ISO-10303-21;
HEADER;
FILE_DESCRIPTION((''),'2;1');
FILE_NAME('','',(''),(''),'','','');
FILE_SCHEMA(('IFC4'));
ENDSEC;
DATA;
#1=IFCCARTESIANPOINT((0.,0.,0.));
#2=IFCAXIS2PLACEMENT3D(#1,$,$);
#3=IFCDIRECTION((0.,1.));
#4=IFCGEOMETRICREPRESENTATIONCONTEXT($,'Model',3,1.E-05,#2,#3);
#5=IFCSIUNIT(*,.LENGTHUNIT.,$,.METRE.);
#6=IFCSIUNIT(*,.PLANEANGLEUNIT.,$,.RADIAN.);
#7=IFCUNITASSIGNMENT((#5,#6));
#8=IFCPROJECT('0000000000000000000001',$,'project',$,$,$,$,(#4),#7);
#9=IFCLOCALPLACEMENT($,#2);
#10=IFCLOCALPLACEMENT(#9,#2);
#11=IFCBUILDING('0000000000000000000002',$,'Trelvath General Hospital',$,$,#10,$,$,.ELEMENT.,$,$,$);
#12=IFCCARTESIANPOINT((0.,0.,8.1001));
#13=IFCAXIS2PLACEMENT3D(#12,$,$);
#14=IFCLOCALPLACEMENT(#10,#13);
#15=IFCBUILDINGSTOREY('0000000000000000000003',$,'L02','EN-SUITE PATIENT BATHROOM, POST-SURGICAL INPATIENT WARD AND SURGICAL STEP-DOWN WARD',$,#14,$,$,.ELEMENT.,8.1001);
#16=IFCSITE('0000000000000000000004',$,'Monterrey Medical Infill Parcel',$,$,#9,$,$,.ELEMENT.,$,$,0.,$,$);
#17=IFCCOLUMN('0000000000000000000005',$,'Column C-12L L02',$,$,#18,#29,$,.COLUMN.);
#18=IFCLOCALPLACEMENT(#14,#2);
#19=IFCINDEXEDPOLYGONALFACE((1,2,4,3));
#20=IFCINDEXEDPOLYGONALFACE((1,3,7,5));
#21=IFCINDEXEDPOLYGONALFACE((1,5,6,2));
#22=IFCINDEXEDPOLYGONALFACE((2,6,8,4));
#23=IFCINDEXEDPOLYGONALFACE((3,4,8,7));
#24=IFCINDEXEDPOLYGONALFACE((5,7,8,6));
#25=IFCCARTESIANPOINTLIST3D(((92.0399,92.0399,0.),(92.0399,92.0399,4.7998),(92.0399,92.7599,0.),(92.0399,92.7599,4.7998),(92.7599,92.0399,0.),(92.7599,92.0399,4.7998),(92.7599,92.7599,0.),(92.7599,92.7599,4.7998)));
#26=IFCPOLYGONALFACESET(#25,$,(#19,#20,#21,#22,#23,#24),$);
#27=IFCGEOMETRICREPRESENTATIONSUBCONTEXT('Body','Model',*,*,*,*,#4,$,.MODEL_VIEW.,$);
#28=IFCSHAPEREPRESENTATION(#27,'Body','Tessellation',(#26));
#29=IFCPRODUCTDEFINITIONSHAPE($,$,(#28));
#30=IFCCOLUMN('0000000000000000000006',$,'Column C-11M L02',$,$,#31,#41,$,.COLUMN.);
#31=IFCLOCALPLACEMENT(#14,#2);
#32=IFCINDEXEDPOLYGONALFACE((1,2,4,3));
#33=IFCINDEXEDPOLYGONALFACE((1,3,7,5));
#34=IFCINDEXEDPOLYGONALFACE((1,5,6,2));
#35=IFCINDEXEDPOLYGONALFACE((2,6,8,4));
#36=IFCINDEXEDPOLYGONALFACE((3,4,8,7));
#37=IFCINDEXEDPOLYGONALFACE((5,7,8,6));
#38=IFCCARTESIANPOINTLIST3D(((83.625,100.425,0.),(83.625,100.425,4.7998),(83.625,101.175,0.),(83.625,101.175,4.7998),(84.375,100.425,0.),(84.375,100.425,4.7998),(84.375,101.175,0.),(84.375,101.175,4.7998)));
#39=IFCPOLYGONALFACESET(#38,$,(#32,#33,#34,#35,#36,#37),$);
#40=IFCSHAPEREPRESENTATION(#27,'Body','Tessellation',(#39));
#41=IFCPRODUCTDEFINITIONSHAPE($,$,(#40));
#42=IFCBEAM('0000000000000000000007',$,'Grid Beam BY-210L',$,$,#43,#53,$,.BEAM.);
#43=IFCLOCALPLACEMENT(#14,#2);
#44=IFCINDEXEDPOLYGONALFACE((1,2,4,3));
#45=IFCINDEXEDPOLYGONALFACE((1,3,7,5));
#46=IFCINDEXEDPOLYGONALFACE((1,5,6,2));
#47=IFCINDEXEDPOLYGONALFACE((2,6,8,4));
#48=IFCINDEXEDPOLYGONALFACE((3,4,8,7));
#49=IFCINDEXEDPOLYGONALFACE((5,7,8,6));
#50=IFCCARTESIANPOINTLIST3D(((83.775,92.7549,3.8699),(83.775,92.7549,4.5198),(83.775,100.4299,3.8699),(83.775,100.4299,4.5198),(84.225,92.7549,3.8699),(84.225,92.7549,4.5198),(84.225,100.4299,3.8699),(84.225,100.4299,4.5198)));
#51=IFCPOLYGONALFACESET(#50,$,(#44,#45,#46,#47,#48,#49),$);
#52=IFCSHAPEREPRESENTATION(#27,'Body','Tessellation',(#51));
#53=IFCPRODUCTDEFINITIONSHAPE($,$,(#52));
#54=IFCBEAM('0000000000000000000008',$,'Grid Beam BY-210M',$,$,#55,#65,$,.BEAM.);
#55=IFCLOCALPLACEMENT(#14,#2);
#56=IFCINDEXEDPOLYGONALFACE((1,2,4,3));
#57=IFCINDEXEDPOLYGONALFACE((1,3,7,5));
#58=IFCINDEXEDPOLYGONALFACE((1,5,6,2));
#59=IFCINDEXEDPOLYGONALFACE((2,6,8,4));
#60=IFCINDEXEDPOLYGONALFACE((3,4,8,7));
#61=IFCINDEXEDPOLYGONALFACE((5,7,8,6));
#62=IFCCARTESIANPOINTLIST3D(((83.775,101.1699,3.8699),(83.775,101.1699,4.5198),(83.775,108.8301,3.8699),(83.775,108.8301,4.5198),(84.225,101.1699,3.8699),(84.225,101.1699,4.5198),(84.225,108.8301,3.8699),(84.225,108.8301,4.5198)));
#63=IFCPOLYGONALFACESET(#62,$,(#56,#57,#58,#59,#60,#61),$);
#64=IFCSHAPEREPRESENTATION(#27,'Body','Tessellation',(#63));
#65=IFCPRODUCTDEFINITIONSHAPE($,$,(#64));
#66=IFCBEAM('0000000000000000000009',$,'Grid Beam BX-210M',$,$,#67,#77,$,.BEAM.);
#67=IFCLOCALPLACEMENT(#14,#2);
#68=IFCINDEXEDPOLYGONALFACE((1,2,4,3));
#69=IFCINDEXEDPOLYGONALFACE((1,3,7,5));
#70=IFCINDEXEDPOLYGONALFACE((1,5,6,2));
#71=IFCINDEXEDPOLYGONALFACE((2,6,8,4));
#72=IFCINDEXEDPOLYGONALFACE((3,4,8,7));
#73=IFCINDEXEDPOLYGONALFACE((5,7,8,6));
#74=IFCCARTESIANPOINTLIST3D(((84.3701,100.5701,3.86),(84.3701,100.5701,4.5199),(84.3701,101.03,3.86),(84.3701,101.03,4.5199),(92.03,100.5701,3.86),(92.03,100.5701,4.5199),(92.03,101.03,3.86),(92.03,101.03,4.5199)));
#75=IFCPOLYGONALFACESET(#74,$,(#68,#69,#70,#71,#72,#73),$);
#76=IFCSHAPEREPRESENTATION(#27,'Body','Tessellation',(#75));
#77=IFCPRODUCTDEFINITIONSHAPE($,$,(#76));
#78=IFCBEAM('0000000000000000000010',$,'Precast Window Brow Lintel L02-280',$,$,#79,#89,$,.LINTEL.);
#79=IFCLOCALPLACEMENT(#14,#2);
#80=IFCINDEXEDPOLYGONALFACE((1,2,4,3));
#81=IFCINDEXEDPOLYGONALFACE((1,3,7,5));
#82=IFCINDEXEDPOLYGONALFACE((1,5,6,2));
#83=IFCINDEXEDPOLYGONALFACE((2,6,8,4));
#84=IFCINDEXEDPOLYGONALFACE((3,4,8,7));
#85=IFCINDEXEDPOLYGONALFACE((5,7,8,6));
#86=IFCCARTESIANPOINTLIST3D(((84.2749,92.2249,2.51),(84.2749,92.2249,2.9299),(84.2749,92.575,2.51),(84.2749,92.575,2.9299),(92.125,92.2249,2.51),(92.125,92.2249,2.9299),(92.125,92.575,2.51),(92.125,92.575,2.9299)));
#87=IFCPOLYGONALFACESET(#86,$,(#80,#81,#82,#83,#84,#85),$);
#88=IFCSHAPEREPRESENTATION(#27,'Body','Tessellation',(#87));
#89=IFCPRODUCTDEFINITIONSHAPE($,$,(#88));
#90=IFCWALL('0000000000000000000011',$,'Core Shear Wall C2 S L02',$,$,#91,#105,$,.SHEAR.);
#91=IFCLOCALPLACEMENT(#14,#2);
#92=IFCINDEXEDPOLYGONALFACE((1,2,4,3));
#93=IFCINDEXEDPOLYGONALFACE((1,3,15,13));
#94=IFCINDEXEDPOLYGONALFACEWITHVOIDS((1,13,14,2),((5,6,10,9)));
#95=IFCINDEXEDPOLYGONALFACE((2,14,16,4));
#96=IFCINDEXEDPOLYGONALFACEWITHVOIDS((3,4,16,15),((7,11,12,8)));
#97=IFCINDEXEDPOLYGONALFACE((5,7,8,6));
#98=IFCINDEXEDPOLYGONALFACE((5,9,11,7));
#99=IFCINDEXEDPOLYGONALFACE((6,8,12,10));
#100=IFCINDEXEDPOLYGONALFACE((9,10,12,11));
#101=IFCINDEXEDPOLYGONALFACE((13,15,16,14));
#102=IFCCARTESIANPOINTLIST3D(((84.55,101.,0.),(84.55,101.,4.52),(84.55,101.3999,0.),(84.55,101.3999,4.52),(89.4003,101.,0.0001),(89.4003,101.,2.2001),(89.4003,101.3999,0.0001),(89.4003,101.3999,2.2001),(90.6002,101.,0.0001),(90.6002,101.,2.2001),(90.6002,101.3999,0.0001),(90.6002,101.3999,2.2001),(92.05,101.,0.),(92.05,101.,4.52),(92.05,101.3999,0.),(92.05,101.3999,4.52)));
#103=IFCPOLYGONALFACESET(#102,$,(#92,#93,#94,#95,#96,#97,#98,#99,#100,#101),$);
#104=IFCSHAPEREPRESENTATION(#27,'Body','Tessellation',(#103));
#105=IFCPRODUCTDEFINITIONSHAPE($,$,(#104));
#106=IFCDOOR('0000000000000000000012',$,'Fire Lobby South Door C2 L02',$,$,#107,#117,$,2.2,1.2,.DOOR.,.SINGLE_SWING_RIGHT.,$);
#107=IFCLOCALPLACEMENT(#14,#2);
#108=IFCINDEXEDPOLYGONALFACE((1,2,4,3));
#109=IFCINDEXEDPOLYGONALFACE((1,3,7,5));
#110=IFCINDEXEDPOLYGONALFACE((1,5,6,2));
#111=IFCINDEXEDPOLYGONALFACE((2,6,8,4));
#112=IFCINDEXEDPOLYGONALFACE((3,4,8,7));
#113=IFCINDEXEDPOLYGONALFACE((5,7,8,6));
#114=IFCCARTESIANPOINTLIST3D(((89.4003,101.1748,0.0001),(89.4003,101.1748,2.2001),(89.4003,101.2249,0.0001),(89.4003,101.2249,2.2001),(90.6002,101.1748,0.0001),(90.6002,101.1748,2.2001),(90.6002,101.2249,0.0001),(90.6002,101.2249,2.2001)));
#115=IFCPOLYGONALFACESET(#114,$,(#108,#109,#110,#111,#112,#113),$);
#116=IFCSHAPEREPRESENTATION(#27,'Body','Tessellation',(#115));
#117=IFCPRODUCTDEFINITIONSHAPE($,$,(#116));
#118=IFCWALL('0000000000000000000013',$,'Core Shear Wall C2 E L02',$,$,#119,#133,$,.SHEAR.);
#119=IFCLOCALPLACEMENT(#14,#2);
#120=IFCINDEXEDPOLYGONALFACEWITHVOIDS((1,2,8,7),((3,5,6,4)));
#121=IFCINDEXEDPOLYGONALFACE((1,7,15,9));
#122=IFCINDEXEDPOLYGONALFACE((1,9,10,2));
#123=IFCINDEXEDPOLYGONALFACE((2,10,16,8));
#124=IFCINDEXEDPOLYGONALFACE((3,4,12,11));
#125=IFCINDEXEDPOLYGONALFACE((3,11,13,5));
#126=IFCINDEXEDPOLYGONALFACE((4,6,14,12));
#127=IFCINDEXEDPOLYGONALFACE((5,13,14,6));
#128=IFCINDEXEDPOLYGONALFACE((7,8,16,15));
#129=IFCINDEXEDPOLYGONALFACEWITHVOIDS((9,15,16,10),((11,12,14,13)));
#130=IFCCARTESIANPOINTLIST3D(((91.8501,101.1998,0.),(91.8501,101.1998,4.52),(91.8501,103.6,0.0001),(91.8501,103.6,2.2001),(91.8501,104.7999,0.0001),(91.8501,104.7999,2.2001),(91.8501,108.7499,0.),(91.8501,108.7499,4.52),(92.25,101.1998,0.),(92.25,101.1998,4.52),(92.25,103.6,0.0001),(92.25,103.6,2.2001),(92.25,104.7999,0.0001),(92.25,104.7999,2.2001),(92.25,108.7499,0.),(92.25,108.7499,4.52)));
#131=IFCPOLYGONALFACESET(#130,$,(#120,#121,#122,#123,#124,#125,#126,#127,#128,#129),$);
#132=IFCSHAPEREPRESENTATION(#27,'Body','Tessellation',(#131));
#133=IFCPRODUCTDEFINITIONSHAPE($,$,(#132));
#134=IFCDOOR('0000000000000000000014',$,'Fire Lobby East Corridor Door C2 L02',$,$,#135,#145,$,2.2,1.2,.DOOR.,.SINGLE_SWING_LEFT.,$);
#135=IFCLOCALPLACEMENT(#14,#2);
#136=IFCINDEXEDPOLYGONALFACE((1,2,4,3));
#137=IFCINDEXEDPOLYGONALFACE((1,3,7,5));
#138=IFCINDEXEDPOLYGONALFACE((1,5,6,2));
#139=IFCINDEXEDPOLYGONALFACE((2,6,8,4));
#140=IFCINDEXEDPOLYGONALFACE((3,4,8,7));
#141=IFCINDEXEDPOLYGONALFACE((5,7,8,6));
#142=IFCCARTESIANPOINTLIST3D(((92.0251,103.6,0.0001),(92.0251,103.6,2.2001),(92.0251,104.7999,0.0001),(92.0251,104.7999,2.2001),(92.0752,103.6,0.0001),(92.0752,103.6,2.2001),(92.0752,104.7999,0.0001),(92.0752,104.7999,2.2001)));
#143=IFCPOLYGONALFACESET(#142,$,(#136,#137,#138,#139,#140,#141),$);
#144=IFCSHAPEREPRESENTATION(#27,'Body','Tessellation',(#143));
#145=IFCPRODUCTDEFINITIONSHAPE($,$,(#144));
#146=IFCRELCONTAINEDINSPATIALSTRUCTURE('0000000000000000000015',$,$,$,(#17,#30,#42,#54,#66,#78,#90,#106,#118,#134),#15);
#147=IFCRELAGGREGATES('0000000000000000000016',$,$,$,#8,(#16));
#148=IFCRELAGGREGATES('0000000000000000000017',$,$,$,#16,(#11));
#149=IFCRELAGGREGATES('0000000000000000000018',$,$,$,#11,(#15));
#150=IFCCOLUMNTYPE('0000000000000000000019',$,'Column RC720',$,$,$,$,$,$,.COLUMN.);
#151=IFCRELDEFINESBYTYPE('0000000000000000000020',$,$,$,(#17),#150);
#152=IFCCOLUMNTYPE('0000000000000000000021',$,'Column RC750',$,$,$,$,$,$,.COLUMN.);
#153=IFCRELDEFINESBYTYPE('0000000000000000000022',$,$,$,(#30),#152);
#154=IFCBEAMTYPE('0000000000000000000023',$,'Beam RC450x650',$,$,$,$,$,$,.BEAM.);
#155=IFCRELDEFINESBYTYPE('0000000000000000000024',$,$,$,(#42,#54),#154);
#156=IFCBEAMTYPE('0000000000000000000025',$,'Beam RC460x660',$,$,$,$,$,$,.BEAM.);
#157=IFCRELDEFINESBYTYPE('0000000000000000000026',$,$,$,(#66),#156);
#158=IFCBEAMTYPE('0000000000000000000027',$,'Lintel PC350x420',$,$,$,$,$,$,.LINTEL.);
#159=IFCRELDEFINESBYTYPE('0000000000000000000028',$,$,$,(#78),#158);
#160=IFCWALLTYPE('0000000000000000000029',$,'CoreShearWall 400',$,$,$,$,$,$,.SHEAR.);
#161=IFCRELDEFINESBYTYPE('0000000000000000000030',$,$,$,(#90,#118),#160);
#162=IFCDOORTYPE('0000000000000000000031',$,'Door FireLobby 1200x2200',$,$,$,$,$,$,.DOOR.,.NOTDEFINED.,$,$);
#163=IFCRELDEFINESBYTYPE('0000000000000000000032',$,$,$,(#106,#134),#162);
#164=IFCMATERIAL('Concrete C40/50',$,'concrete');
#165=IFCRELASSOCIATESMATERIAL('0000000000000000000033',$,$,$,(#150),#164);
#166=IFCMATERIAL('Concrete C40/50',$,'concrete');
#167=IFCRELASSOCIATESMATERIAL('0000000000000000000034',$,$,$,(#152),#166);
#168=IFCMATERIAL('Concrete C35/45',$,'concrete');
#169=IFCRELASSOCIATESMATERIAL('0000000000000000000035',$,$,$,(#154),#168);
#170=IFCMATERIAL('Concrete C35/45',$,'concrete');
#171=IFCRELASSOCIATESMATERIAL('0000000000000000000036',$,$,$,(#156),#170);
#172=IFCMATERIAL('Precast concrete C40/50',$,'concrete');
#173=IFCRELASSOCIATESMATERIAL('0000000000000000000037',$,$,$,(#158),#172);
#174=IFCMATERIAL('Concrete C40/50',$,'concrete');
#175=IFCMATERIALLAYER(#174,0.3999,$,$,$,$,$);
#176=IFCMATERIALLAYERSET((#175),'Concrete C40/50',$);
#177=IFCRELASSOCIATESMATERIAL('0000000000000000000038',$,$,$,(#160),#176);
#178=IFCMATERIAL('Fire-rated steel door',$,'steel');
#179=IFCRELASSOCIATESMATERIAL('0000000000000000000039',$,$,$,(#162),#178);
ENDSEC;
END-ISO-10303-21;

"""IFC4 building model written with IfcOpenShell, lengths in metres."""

from ifc_helpers import new_model, si_unit, direction, frame, frame_2d, origin, origin_2d, place, context, subcontext, project, spatial, rectangle, extrude, material, layer, layer_set, material_profile, profile_set, type_object, element, fill, save


model = new_model("IFC4")

# Units and contexts
model_context = context("Model", 3, precision=1e-05, world=origin(), true_north=direction((0.0, 1.0)))
body_context = subcontext(model_context, "Body", "Model", "MODEL_VIEW")
ifc_project = project(units=[si_unit("LENGTHUNIT", "METRE"), si_unit("PLANEANGLEUNIT", "RADIAN")], contexts=[model_context])

# Site, building, storey
site_placement = place(None, origin())
site = spatial("IfcSite", under=ifc_project, at=site_placement, Name="Monterrey Medical Infill Parcel", CompositionType="ELEMENT", RefElevation=0.0)
building_placement = place(site_placement, origin())
building = spatial("IfcBuilding", under=site, at=building_placement, Name="Trelvath General Hospital", CompositionType="ELEMENT")
storey_placement = place(building_placement, frame((0.0, 0.0, 8.1001)))
storey = spatial("IfcBuildingStorey", under=building, at=storey_placement, Name="L02", Description="EN-SUITE PATIENT BATHROOM, POST-SURGICAL INPATIENT WARD AND SURGICAL STEP-DOWN WARD", CompositionType="ELEMENT", Elevation=8.1001)

# Columns
ifc_material_1 = material(Name="Concrete C40/50", Category="concrete")
ifc_material_profile_1 = material_profile(ifc_material_1, rectangle(XDim=0.72, YDim=0.72, at=origin_2d()), Name="RC720x720")
ifc_profile_set_1 = profile_set([ifc_material_profile_1], Name="Concrete C40/50")
column_type_1 = type_object("IfcColumnType", Name="Column RC720", PredefinedType="COLUMN", material=ifc_profile_set_1)
column_1_placement = place(storey_placement, frame((92.3999, 92.3999, 0.0), z_axis=(0.0, 0.0, 1.0), x_axis=(1.0, 0.0, 0.0)))
element("IfcColumn", 1, at=column_1_placement, inside=storey, type_object=column_type_1, Name="Column C-12L L02", PredefinedType="COLUMN", context=body_context, shape_type="SweptSolid", body=[
    extrude(rectangle(XDim=0.72, YDim=0.72, at=origin_2d()), origin(), (0.0, 0.0, 1.0), 4.7998),
])
ifc_material_2 = material(Name="Concrete C40/50", Category="concrete")
ifc_material_profile_2 = material_profile(ifc_material_2, rectangle(XDim=0.75, YDim=0.75, at=origin_2d()), Name="RC750x750")
ifc_profile_set_2 = profile_set([ifc_material_profile_2], Name="Concrete C40/50")
column_type_2 = type_object("IfcColumnType", Name="Column RC750", PredefinedType="COLUMN", material=ifc_profile_set_2)
column_2_placement = place(storey_placement, frame((84.0, 100.8, 0.0), z_axis=(0.0, 0.0, 1.0), x_axis=(1.0, 0.0, 0.0)))
element("IfcColumn", 2, at=column_2_placement, inside=storey, type_object=column_type_2, Name="Column C-11M L02", PredefinedType="COLUMN", context=body_context, shape_type="SweptSolid", body=[
    extrude(rectangle(XDim=0.75, YDim=0.75, at=origin_2d()), origin(), (0.0, 0.0, 1.0), 4.7998),
])

# Beams
ifc_material_3 = material(Name="Concrete C35/45", Category="concrete")
ifc_material_profile_3 = material_profile(ifc_material_3, rectangle(XDim=0.45, YDim=0.6499, at=origin_2d()), Name="RCB450x650")
ifc_profile_set_3 = profile_set([ifc_material_profile_3], Name="Concrete C35/45")
beam_type_1 = type_object("IfcBeamType", Name="Beam RC450x650", PredefinedType="BEAM", material=ifc_profile_set_3)
beam_1_placement = place(storey_placement, frame((84.0, 92.7549, 4.1948), z_axis=(0.0, 1.0, 0.0), x_axis=(-1.0, 0.0, 0.0)))
element("IfcBeam", 3, at=beam_1_placement, inside=storey, type_object=beam_type_1, Name="Grid Beam BY-210L", PredefinedType="BEAM", context=body_context, shape_type="SweptSolid", body=[
    extrude(rectangle(XDim=0.45, YDim=0.6499, at=origin_2d()), origin(), (0.0, 0.0, 1.0), 7.675),
])
beam_2_placement = place(storey_placement, frame((84.0, 101.1699, 4.1948), z_axis=(0.0, 1.0, 0.0), x_axis=(-1.0, 0.0, 0.0)))
element("IfcBeam", 4, at=beam_2_placement, inside=storey, type_object=beam_type_1, Name="Grid Beam BY-210M", PredefinedType="BEAM", context=body_context, shape_type="SweptSolid", body=[
    extrude(rectangle(XDim=0.45, YDim=0.6499, at=origin_2d()), origin(), (0.0, 0.0, 1.0), 7.6602),
])
ifc_material_4 = material(Name="Concrete C35/45", Category="concrete")
ifc_material_profile_4 = material_profile(ifc_material_4, rectangle(XDim=0.46, YDim=0.6599, at=origin_2d()), Name="RCB460x660")
ifc_profile_set_4 = profile_set([ifc_material_profile_4], Name="Concrete C35/45")
beam_type_2 = type_object("IfcBeamType", Name="Beam RC460x660", PredefinedType="BEAM", material=ifc_profile_set_4)
beam_3_placement = place(storey_placement, frame((84.3701, 100.8, 4.1899), z_axis=(1.0, 0.0, 0.0), x_axis=(0.0, 1.0, 0.0)))
element("IfcBeam", 5, at=beam_3_placement, inside=storey, type_object=beam_type_2, Name="Grid Beam BX-210M", PredefinedType="BEAM", context=body_context, shape_type="SweptSolid", body=[
    extrude(rectangle(XDim=0.46, YDim=0.6599, at=origin_2d()), origin(), (0.0, 0.0, 1.0), 7.6599),
])
ifc_material_5 = material(Name="Precast concrete C40/50", Category="concrete")
ifc_material_profile_5 = material_profile(ifc_material_5, rectangle(XDim=0.3501, YDim=0.4199, at=origin_2d()), Name="PCL350x420")
ifc_profile_set_5 = profile_set([ifc_material_profile_5], Name="Precast concrete C40/50")
beam_type_3 = type_object("IfcBeamType", Name="Lintel PC350x420", PredefinedType="LINTEL", material=ifc_profile_set_5)
beam_4_placement = place(storey_placement, frame((92.125, 92.3999, 2.72), z_axis=(-1.0, 0.0, 0.0), x_axis=(0.0, -1.0, 0.0)))
element("IfcBeam", 6, at=beam_4_placement, inside=storey, type_object=beam_type_3, Name="Precast Window Brow Lintel L02-280", PredefinedType="LINTEL", context=body_context, shape_type="SweptSolid", body=[
    extrude(rectangle(XDim=0.3501, YDim=0.4199, at=origin_2d()), origin(), (0.0, 0.0, 1.0), 7.8501),
])

# Walls, openings, doors
ifc_material_6 = material(Name="Concrete C40/50", Category="concrete")
ifc_layer_1 = layer(ifc_material_6, 0.3999)
ifc_layer_set_1 = layer_set([ifc_layer_1], Name="Concrete C40/50")
wall_type_1 = type_object("IfcWallType", Name="CoreShearWall 400", PredefinedType="SHEAR", material=ifc_layer_set_1)
wall_1_placement = place(storey_placement, frame((84.55, 101.2, 0.0), z_axis=(0.0, 0.0, 1.0), x_axis=(1.0, 0.0, 0.0)))
wall_1 = element("IfcWall", 7, at=wall_1_placement, inside=storey, type_object=wall_type_1, Name="Core Shear Wall C2 S L02", PredefinedType="SHEAR", context=body_context, shape_type="SweptSolid", body=[
    extrude(rectangle(XDim=7.5, YDim=0.3999, at=frame_2d((3.75, 0.0))), origin(), (0.0, 0.0, 1.0), 4.52),
])
opening_1_placement = place(wall_1_placement, frame((4.8501, 0.0, 0.0)))
opening_1 = element("IfcOpeningElement", 8, at=opening_1_placement, cuts=wall_1, PredefinedType="OPENING", context=body_context, shape_type="SweptSolid", body=[
    extrude(rectangle(XDim=1.2, YDim=2.2, at=frame_2d((0.6001, 1.1001))), frame((0.0, 0.21, 0.0), z_axis=(0.0, -1.0, 0.0), x_axis=(1.0, 0.0, 0.0)), (0.0, 0.0, 1.0), 0.4199),
])
ifc_material_7 = material(Name="Fire-rated steel door", Category="steel")
door_type_1 = type_object("IfcDoorType", Name="Door FireLobby 1200x2200", OperationType="NOTDEFINED", PredefinedType="DOOR", material=ifc_material_7)
door_1_placement = place(opening_1_placement, origin())
door_1 = element("IfcDoor", 9, at=door_1_placement, inside=storey, type_object=door_type_1, Name="Fire Lobby South Door C2 L02", OperationType="SINGLE_SWING_RIGHT", OverallHeight=2.2, OverallWidth=1.2, PredefinedType="DOOR", context=body_context, shape_type="SweptSolid", body=[
    extrude(rectangle(XDim=1.2, YDim=2.2, at=frame_2d((0.6001, 1.1001))), frame((0.0, 0.0249, 0.0), z_axis=(0.0, -1.0, 0.0), x_axis=(1.0, 0.0, 0.0)), (0.0, 0.0, 1.0), 0.05),
])
fill(opening_1, door_1)
wall_2_placement = place(storey_placement, frame((92.05, 101.2, 0.0), z_axis=(0.0, 0.0, 1.0), x_axis=(0.0, 1.0, 0.0)))
wall_2 = element("IfcWall", 10, at=wall_2_placement, inside=storey, type_object=wall_type_1, Name="Core Shear Wall C2 E L02", PredefinedType="SHEAR", context=body_context, shape_type="SweptSolid", body=[
    extrude(rectangle(XDim=7.55, YDim=0.3999, at=frame_2d((3.7749, 0.0))), origin(), (0.0, 0.0, 1.0), 4.52),
])
opening_2_placement = place(wall_2_placement, frame((2.3999, 0.0, 0.0)))
opening_2 = element("IfcOpeningElement", 11, at=opening_2_placement, cuts=wall_2, PredefinedType="OPENING", context=body_context, shape_type="SweptSolid", body=[
    extrude(rectangle(XDim=1.2, YDim=2.2, at=frame_2d((0.6001, 1.1001))), frame((0.0, 0.21, 0.0), z_axis=(0.0, -1.0, 0.0), x_axis=(1.0, 0.0, 0.0)), (0.0, 0.0, 1.0), 0.4199),
])
door_2_placement = place(opening_2_placement, origin())
door_2 = element("IfcDoor", 12, at=door_2_placement, inside=storey, type_object=door_type_1, Name="Fire Lobby East Corridor Door C2 L02", OperationType="SINGLE_SWING_LEFT", OverallHeight=2.2, OverallWidth=1.2, PredefinedType="DOOR", context=body_context, shape_type="SweptSolid", body=[
    extrude(rectangle(XDim=1.2, YDim=2.2, at=frame_2d((0.6001, 1.1001))), frame((0.0, 0.0249, 0.0), z_axis=(0.0, -1.0, 0.0), x_axis=(1.0, 0.0, 0.0)), (0.0, 0.0, 1.0), 0.05),
])
fill(opening_2, door_2)

save(model, "model.ifc")
